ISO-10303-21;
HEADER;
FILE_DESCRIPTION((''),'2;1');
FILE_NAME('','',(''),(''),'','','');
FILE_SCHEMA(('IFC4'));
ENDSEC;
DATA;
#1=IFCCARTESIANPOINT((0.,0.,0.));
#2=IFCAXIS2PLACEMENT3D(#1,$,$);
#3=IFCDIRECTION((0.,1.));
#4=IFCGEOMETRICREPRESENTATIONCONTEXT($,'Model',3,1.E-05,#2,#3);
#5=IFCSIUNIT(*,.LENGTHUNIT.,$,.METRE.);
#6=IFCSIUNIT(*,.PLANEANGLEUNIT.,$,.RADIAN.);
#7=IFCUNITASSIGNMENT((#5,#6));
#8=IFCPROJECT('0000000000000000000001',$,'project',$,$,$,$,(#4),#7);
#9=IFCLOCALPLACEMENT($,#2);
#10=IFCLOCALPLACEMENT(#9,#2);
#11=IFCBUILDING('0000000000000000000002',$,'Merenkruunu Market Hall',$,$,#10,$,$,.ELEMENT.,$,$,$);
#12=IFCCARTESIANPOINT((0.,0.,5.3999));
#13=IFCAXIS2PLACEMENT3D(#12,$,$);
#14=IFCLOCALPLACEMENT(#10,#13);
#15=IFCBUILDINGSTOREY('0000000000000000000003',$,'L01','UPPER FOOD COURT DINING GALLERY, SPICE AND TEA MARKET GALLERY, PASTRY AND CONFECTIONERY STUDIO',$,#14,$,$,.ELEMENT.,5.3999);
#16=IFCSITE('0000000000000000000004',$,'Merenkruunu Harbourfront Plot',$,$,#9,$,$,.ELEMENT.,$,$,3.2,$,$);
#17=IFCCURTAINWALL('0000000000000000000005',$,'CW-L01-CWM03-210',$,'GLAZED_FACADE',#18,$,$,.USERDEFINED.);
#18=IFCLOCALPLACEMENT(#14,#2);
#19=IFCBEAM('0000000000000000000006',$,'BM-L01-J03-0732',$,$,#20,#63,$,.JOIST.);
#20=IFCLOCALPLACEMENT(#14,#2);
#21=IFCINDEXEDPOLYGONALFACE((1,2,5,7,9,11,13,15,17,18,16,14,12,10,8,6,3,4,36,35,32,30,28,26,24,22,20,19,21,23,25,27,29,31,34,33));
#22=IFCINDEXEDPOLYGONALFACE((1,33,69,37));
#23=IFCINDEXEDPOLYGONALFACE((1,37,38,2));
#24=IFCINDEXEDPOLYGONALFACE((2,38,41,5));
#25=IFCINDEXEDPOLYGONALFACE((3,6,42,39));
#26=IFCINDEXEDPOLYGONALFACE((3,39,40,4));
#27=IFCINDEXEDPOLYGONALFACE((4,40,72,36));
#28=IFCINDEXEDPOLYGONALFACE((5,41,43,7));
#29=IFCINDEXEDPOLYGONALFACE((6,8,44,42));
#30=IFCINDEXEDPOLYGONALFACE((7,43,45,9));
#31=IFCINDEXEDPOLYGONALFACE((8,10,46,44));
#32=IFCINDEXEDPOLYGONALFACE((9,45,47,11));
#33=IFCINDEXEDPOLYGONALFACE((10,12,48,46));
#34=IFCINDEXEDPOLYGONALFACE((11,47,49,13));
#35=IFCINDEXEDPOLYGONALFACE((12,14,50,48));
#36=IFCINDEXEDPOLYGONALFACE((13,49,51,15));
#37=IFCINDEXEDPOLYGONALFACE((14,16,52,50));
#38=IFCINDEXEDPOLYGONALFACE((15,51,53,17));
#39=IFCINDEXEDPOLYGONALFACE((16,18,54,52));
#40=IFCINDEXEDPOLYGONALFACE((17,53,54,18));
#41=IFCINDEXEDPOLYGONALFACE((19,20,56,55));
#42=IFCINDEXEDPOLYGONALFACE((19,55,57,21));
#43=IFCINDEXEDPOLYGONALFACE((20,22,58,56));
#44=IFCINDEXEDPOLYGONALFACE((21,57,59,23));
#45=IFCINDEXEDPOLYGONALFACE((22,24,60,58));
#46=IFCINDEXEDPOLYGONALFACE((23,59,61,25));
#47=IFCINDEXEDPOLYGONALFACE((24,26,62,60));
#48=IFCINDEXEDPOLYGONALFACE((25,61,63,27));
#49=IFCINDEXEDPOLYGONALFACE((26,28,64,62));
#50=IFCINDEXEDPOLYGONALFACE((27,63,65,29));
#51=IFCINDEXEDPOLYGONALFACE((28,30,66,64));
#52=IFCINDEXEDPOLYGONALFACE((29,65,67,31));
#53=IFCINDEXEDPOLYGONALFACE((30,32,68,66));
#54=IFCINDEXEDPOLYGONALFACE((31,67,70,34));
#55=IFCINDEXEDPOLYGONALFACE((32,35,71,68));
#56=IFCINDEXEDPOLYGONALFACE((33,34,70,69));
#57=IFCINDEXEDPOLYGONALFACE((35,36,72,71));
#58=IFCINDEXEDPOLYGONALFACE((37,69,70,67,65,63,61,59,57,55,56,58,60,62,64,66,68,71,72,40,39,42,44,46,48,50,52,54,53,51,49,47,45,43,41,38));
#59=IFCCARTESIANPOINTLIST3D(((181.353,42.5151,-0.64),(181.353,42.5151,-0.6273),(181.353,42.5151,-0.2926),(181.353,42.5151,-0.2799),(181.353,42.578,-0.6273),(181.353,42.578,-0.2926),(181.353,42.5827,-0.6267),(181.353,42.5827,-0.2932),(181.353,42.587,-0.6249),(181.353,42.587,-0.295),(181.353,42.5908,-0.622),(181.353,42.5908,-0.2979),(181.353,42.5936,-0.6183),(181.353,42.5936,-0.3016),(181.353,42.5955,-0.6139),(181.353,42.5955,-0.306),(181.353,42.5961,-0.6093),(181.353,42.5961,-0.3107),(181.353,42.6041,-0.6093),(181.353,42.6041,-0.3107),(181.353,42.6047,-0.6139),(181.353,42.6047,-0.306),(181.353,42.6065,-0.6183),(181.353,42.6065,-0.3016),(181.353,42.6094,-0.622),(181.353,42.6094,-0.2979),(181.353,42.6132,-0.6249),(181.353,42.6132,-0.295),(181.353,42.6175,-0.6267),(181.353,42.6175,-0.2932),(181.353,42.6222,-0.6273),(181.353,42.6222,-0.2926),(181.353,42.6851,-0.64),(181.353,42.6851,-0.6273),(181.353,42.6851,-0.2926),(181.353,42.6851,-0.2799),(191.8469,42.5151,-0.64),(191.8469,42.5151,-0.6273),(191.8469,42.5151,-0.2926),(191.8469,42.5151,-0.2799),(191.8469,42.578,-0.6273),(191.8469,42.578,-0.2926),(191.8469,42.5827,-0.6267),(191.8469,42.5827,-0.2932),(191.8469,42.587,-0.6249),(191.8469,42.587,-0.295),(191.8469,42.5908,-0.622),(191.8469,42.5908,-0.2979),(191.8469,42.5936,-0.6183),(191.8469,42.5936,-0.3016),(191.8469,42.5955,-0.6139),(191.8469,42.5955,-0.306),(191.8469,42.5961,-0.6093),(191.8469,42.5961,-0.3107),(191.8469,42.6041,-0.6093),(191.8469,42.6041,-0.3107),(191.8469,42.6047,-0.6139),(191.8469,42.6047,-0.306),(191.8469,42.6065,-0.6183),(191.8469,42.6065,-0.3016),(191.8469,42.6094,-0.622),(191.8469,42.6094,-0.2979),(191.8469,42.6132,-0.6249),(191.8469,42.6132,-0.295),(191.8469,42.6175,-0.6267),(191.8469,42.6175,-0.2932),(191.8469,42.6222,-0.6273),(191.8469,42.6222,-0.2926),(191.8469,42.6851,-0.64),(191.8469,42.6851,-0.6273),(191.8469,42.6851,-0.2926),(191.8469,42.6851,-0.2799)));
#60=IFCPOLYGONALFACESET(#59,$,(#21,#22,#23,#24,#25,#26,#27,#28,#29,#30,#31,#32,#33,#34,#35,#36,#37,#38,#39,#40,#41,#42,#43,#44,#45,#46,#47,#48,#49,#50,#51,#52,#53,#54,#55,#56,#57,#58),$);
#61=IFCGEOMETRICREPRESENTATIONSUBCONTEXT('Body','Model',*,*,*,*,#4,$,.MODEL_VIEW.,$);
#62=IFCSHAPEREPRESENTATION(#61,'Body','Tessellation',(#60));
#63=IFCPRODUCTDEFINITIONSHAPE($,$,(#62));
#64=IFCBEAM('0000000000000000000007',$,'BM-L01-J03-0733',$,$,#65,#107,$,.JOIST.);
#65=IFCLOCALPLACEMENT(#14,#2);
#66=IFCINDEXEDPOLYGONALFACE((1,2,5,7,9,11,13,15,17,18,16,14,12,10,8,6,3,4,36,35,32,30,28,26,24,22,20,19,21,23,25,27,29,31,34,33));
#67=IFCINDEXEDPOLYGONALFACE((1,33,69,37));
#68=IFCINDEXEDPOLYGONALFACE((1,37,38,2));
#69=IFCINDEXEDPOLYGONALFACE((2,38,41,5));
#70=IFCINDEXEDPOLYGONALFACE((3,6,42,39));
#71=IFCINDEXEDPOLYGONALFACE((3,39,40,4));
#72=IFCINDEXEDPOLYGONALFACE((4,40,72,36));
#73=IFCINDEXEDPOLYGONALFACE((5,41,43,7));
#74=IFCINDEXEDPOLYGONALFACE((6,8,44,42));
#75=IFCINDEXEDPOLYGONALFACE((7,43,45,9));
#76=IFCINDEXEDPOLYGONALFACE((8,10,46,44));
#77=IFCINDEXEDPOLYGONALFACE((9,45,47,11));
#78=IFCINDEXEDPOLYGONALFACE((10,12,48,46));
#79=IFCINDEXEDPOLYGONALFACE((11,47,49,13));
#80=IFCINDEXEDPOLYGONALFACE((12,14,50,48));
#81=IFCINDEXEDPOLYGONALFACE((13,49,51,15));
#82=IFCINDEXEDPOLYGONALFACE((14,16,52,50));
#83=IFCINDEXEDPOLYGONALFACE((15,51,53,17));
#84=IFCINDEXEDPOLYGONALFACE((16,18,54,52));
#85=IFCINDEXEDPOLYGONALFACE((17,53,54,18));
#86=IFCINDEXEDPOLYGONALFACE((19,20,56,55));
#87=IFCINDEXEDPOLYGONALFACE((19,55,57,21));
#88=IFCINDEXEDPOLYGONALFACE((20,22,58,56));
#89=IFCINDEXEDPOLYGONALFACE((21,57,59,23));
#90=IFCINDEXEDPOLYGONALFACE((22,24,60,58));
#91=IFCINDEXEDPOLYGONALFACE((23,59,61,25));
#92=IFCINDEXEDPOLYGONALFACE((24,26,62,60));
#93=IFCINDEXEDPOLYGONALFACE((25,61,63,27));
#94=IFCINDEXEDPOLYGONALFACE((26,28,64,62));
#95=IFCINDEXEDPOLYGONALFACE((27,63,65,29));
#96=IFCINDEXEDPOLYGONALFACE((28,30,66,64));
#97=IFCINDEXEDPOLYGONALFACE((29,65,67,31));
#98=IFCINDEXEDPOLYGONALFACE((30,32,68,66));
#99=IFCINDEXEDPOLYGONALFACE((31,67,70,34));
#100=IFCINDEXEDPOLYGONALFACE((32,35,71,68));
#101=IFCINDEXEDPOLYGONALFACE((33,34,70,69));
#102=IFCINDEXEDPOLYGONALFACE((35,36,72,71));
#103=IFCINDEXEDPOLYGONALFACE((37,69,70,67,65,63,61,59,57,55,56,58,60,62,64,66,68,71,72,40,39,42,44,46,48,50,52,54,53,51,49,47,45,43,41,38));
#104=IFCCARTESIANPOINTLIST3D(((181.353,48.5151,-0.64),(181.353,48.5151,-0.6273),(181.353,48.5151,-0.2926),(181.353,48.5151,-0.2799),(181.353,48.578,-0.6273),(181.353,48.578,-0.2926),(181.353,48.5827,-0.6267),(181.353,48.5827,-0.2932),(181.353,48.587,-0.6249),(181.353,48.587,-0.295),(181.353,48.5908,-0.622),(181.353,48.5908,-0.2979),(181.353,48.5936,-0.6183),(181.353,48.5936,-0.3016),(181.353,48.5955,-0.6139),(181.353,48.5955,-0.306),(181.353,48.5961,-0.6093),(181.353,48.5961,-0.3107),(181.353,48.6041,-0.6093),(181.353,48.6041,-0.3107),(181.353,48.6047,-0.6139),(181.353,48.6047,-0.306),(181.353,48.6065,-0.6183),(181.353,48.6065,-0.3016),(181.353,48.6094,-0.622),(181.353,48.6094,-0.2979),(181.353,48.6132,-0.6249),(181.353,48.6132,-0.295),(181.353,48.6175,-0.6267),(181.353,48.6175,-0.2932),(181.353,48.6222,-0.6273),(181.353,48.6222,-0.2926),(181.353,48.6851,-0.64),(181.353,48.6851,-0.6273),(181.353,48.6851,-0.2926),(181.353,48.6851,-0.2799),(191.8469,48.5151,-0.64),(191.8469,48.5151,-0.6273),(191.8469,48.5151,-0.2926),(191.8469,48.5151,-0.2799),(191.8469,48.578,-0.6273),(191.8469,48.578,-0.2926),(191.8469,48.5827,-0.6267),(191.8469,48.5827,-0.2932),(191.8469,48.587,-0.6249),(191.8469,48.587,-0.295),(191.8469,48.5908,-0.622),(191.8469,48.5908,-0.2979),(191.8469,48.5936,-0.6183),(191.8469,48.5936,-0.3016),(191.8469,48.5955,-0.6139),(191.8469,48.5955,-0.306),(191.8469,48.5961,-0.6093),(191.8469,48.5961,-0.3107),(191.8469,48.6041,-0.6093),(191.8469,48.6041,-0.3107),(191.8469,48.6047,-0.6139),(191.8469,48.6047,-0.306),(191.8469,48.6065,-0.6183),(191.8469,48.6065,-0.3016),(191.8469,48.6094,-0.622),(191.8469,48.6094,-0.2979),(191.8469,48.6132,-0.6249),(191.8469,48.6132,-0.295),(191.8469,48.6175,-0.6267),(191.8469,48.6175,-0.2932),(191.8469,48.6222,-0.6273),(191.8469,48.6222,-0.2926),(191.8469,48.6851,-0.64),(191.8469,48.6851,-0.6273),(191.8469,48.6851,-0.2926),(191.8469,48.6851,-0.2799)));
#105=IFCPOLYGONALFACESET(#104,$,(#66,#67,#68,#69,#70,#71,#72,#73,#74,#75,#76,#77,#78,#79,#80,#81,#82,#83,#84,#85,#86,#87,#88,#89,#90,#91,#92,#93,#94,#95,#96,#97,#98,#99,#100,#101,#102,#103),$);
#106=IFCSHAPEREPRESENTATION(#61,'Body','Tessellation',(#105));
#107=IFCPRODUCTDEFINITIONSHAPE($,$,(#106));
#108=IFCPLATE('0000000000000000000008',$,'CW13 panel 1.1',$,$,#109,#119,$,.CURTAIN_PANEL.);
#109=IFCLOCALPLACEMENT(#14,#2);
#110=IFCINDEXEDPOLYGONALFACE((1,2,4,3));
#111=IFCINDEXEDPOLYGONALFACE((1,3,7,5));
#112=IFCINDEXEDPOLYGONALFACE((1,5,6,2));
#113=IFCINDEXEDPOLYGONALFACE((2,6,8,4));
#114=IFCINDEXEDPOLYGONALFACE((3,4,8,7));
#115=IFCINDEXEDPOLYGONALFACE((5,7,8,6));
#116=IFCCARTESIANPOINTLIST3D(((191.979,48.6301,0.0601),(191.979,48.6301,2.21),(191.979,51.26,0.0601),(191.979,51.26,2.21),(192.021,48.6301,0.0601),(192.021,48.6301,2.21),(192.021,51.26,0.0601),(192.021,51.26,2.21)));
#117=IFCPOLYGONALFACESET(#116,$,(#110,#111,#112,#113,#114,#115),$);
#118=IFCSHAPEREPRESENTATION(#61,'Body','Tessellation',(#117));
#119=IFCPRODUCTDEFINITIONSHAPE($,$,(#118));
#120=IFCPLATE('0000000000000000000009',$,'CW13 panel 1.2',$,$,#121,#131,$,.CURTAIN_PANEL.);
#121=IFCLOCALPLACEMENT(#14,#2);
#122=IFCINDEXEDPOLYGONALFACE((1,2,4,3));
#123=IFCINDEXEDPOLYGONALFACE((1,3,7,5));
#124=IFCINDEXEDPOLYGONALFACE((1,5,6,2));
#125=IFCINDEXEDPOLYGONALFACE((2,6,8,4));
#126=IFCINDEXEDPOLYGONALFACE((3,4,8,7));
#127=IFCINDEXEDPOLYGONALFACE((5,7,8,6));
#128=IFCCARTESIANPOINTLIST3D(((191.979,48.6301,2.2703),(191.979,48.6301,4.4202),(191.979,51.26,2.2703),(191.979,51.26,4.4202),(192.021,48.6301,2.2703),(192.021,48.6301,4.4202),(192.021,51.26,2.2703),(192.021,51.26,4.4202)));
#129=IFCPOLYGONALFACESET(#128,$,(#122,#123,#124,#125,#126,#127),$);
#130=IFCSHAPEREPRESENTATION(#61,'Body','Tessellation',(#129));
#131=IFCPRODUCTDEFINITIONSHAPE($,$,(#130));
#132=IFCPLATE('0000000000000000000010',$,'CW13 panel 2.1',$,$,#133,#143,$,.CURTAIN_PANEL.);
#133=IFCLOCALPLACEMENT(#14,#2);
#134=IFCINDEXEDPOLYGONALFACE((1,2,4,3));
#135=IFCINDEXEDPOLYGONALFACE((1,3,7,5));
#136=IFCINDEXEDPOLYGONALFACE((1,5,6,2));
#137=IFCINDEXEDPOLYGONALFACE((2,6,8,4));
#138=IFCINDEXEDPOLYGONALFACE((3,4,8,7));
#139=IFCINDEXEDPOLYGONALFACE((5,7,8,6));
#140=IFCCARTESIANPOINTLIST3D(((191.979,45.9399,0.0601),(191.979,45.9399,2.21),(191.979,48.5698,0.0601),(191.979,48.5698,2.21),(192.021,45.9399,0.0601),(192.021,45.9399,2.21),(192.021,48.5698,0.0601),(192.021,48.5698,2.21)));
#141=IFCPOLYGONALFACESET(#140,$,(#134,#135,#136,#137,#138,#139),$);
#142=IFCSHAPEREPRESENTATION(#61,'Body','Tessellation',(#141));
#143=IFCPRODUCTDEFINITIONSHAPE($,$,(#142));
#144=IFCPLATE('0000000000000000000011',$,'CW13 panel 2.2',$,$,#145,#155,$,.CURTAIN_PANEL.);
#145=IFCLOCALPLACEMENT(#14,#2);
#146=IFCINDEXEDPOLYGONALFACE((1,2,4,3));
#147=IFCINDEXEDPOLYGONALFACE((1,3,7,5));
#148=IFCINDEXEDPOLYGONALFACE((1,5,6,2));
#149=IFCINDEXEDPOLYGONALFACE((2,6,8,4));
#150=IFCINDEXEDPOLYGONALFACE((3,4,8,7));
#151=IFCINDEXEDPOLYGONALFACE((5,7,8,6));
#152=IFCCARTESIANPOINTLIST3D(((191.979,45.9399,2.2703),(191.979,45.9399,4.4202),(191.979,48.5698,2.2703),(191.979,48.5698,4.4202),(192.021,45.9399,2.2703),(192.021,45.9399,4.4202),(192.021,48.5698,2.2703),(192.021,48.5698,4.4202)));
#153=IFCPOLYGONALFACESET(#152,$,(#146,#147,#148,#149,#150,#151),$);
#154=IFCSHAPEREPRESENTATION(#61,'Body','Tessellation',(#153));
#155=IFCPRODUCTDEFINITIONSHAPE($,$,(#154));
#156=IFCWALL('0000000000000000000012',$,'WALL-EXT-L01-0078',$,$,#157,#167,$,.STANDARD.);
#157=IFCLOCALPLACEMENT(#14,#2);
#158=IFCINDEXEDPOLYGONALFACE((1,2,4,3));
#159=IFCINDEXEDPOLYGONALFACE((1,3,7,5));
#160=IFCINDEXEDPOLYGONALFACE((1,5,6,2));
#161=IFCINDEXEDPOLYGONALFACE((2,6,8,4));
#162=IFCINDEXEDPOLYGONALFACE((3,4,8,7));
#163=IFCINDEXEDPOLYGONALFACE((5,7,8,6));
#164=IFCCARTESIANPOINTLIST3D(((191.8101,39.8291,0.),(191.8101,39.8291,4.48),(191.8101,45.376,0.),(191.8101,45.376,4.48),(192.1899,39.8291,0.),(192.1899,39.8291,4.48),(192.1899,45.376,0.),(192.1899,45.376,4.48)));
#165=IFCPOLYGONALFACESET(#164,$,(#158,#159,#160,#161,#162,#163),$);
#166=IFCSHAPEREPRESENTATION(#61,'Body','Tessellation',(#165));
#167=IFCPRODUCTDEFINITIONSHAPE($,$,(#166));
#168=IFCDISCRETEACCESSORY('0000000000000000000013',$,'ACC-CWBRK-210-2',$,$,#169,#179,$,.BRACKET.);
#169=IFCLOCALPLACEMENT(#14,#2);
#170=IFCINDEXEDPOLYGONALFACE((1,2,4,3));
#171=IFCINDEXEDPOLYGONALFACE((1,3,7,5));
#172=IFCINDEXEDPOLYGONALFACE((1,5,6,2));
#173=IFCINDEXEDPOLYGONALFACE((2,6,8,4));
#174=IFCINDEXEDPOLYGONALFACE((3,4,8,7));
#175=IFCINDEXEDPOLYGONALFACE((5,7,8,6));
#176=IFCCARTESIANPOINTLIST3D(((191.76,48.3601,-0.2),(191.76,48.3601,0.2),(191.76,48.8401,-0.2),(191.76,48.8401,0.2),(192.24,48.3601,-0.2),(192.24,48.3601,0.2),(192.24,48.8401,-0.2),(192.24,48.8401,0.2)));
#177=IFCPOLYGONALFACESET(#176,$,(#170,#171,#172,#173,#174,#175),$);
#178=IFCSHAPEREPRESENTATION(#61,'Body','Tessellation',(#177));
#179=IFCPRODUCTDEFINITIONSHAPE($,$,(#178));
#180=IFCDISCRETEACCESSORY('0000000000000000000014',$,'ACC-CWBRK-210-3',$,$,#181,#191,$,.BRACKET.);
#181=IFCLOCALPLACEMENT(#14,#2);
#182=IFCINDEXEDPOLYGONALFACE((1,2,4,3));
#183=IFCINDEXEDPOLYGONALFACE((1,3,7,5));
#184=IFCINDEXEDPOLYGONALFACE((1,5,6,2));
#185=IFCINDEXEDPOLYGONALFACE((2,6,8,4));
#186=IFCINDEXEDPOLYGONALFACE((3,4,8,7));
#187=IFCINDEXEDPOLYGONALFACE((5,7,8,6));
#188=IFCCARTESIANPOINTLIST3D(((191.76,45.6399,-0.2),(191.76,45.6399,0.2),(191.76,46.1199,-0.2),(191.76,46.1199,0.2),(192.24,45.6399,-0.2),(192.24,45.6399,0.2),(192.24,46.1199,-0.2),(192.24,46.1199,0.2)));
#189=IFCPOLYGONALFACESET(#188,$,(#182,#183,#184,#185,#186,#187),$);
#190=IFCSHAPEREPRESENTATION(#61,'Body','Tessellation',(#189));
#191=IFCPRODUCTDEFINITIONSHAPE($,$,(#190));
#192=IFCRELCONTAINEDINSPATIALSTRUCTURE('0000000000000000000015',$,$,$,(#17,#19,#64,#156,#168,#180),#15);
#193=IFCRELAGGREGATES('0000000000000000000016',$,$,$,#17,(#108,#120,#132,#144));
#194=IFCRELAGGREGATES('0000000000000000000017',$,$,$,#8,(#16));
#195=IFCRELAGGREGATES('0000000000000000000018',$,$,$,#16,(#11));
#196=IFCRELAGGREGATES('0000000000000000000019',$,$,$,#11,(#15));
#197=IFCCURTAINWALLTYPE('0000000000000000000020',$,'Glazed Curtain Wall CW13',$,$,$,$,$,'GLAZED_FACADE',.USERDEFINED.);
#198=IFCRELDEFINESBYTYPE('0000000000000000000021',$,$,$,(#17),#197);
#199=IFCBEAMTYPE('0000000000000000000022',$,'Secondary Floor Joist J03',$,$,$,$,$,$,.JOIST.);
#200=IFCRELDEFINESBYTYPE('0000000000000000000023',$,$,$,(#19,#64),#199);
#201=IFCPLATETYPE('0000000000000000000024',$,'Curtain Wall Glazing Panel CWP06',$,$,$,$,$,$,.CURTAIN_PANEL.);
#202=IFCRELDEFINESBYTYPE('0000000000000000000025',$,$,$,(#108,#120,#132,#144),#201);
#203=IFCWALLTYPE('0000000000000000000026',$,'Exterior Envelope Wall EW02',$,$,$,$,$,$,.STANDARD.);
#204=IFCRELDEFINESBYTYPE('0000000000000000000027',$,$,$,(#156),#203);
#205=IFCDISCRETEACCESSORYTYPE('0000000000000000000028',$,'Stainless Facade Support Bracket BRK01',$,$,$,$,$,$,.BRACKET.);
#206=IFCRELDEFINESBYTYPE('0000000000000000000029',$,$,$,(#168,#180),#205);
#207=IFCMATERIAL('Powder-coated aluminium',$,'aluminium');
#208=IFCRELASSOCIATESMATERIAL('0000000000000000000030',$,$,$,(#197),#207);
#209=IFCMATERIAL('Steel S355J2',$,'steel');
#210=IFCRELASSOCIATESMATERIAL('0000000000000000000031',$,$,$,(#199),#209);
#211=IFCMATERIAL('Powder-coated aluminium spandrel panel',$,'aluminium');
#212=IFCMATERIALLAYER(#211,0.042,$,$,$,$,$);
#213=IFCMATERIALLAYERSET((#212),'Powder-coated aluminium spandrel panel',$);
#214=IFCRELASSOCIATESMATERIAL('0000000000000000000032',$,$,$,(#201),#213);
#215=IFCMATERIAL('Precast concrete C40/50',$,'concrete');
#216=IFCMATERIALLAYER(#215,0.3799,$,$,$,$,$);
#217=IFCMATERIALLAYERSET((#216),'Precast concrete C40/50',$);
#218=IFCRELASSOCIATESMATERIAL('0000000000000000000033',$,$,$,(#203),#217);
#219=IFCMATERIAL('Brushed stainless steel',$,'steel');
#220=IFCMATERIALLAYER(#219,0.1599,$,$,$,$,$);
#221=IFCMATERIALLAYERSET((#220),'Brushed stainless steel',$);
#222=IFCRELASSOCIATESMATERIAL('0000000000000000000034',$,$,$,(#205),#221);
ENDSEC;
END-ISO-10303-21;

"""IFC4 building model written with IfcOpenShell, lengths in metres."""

from ifc_helpers import new_model, si_unit, direction, frame, frame_2d, origin, origin_2d, place, context, subcontext, project, spatial, rectangle, i_section, extrude, material, layer, layer_set, material_profile, profile_set, type_object, element, aggregate, save


model = new_model("IFC4")

# Units and contexts
model_context = context("Model", 3, precision=1e-05, world=origin(), true_north=direction((0.0, 1.0)))
body_context = subcontext(model_context, "Body", "Model", "MODEL_VIEW")
ifc_project = project(units=[si_unit("LENGTHUNIT", "METRE"), si_unit("PLANEANGLEUNIT", "RADIAN")], contexts=[model_context])

# Site, building, storey
site_placement = place(None, origin())
site = spatial("IfcSite", under=ifc_project, at=site_placement, Name="Merenkruunu Harbourfront Plot", CompositionType="ELEMENT", RefElevation=3.2)
building_placement = place(site_placement, origin())
building = spatial("IfcBuilding", under=site, at=building_placement, Name="Merenkruunu Market Hall", CompositionType="ELEMENT")
storey_placement = place(building_placement, frame((0.0, 0.0, 5.3999)))
storey = spatial("IfcBuildingStorey", under=building, at=storey_placement, Name="L01", Description="UPPER FOOD COURT DINING GALLERY, SPICE AND TEA MARKET GALLERY, PASTRY AND CONFECTIONERY STUDIO", CompositionType="ELEMENT", Elevation=5.3999)

# Shared definitions
ifc_material_1 = material(Name="Steel S355J2", Category="steel")

# Curtain wall
ifc_material_2 = material(Name="Powder-coated aluminium", Category="aluminium")
curtain_wall_type = type_object("IfcCurtainWallType", Name="Glazed Curtain Wall CW13", ElementType="GLAZED_FACADE", PredefinedType="USERDEFINED", material=ifc_material_2)
curtain_wall_placement = place(storey_placement, origin())
curtain_wall = element("IfcCurtainWall", 1, at=curtain_wall_placement, inside=storey, type_object=curtain_wall_type, Name="CW-L01-CWM03-210", ObjectType="GLAZED_FACADE", PredefinedType="USERDEFINED")

# Beams
ifc_material_profile_1 = material_profile(ifc_material_1, i_section(OverallWidth=0.1699, OverallDepth=0.3601, WebThickness=0.0081, FlangeThickness=0.0127, FilletRadius=0.0181, at=origin_2d()), Name="IPE 360")
ifc_profile_set_1 = profile_set([ifc_material_profile_1], Name="Steel S355J2")
beam_type_1 = type_object("IfcBeamType", Name="Secondary Floor Joist J03", PredefinedType="JOIST", material=ifc_profile_set_1)
for number, where, z_axis, x_axis, name in (
    (2, (181.353, 42.6001, -0.46), (1.0, 0.0, 0.0), (0.0, 1.0, 0.0), "BM-L01-J03-0732"),
    (3, (181.353, 48.6001, -0.46), (1.0, 0.0, 0.0), (0.0, 1.0, 0.0), "BM-L01-J03-0733"),
):
    element("IfcBeam", number, at=place(storey_placement, frame(where, z_axis=z_axis, x_axis=x_axis)), inside=storey, type_object=beam_type_1, Name=name, PredefinedType="JOIST", context=body_context, shape_type="SweptSolid", body=[
        extrude(i_section(OverallWidth=0.1699, OverallDepth=0.3601, WebThickness=0.0081, FlangeThickness=0.0127, FilletRadius=0.0181, at=origin_2d()), origin(), (0.0, 0.0, 1.0), 10.4939),
    ])

# Plates
ifc_material_3 = material(Name="Powder-coated aluminium spandrel panel", Category="aluminium")
ifc_layer_1 = layer(ifc_material_3, 0.042)
ifc_layer_set_1 = layer_set([ifc_layer_1], Name="Powder-coated aluminium spandrel panel")
plate_type = type_object("IfcPlateType", Name="Curtain Wall Glazing Panel CWP06", PredefinedType="CURTAIN_PANEL", material=ifc_layer_set_1)
plate_1_placement = place(storey_placement, frame((192.0, 49.9451, 0.0601), z_axis=(0.0, 0.0, 1.0), x_axis=(0.0, -1.0, 0.0)))
plate_1 = element("IfcPlate", 4, at=plate_1_placement, type_object=plate_type, Name="CW13 panel 1.1", PredefinedType="CURTAIN_PANEL", context=body_context, shape_type="SweptSolid", body=[
    extrude(rectangle(XDim=2.6299, YDim=0.042, at=origin_2d()), origin(), (0.0, 0.0, 1.0), 2.1499),
])
plate_2_placement = place(storey_placement, frame((192.0, 49.9451, 2.2703), z_axis=(0.0, 0.0, 1.0), x_axis=(0.0, -1.0, 0.0)))
plate_2 = element("IfcPlate", 5, at=plate_2_placement, type_object=plate_type, Name="CW13 panel 1.2", PredefinedType="CURTAIN_PANEL", context=body_context, shape_type="SweptSolid", body=[
    extrude(rectangle(XDim=2.6299, YDim=0.042, at=origin_2d()), origin(), (0.0, 0.0, 1.0), 2.1499),
])
plate_3_placement = place(storey_placement, frame((192.0, 47.2549, 0.0601), z_axis=(0.0, 0.0, 1.0), x_axis=(0.0, -1.0, 0.0)))
plate_3 = element("IfcPlate", 6, at=plate_3_placement, type_object=plate_type, Name="CW13 panel 2.1", PredefinedType="CURTAIN_PANEL", context=body_context, shape_type="SweptSolid", body=[
    extrude(rectangle(XDim=2.6299, YDim=0.042, at=origin_2d()), origin(), (0.0, 0.0, 1.0), 2.1499),
])
plate_4_placement = place(storey_placement, frame((192.0, 47.2549, 2.2703), z_axis=(0.0, 0.0, 1.0), x_axis=(0.0, -1.0, 0.0)))
plate_4 = element("IfcPlate", 7, at=plate_4_placement, type_object=plate_type, Name="CW13 panel 2.2", PredefinedType="CURTAIN_PANEL", context=body_context, shape_type="SweptSolid", body=[
    extrude(rectangle(XDim=2.6299, YDim=0.042, at=origin_2d()), origin(), (0.0, 0.0, 1.0), 2.1499),
])
aggregate(curtain_wall, [plate_1, plate_2, plate_3, plate_4])

# Wall
ifc_material_4 = material(Name="Precast concrete C40/50", Category="concrete")
ifc_layer_2 = layer(ifc_material_4, 0.3799)
ifc_layer_set_2 = layer_set([ifc_layer_2], Name="Precast concrete C40/50")
wall_type = type_object("IfcWallType", Name="Exterior Envelope Wall EW02", PredefinedType="STANDARD", material=ifc_layer_set_2)
wall_placement = place(storey_placement, frame((192.0, 45.376, 0.0), z_axis=(0.0, 0.0, 1.0), x_axis=(0.0, -1.0, 0.0)))
element("IfcWall", 8, at=wall_placement, inside=storey, type_object=wall_type, Name="WALL-EXT-L01-0078", PredefinedType="STANDARD", context=body_context, shape_type="SweptSolid", body=[
    extrude(rectangle(XDim=5.5469, YDim=0.3799, at=frame_2d((2.7734, 0.0))), origin(), (0.0, 0.0, 1.0), 4.48),
])

# Discrete accessories
ifc_material_5 = material(Name="Brushed stainless steel", Category="steel")
ifc_layer_3 = layer(ifc_material_5, 0.1599)
ifc_layer_set_3 = layer_set([ifc_layer_3], Name="Brushed stainless steel")
discrete_accessory_type = type_object("IfcDiscreteAccessoryType", Name="Stainless Facade Support Bracket BRK01", PredefinedType="BRACKET", material=ifc_layer_set_3)
for number, where, z_axis, x_axis, name in (
    (9, (192.0, 48.6001, -0.2), (0.0, 0.0, 1.0), (1.0, 0.0, 0.0), "ACC-CWBRK-210-2"),
    (10, (192.0, 45.8799, -0.2), (0.0, 0.0, 1.0), (1.0, 0.0, 0.0), "ACC-CWBRK-210-3"),
):
    element("IfcDiscreteAccessory", number, at=place(storey_placement, frame(where, z_axis=z_axis, x_axis=x_axis)), inside=storey, type_object=discrete_accessory_type, Name=name, PredefinedType="BRACKET", context=body_context, shape_type="SweptSolid", body=[
        extrude(rectangle(XDim=0.48, YDim=0.48, at=origin_2d()), origin(), (0.0, 0.0, 1.0), 0.3999),
    ])

save(model, "model.ifc")
